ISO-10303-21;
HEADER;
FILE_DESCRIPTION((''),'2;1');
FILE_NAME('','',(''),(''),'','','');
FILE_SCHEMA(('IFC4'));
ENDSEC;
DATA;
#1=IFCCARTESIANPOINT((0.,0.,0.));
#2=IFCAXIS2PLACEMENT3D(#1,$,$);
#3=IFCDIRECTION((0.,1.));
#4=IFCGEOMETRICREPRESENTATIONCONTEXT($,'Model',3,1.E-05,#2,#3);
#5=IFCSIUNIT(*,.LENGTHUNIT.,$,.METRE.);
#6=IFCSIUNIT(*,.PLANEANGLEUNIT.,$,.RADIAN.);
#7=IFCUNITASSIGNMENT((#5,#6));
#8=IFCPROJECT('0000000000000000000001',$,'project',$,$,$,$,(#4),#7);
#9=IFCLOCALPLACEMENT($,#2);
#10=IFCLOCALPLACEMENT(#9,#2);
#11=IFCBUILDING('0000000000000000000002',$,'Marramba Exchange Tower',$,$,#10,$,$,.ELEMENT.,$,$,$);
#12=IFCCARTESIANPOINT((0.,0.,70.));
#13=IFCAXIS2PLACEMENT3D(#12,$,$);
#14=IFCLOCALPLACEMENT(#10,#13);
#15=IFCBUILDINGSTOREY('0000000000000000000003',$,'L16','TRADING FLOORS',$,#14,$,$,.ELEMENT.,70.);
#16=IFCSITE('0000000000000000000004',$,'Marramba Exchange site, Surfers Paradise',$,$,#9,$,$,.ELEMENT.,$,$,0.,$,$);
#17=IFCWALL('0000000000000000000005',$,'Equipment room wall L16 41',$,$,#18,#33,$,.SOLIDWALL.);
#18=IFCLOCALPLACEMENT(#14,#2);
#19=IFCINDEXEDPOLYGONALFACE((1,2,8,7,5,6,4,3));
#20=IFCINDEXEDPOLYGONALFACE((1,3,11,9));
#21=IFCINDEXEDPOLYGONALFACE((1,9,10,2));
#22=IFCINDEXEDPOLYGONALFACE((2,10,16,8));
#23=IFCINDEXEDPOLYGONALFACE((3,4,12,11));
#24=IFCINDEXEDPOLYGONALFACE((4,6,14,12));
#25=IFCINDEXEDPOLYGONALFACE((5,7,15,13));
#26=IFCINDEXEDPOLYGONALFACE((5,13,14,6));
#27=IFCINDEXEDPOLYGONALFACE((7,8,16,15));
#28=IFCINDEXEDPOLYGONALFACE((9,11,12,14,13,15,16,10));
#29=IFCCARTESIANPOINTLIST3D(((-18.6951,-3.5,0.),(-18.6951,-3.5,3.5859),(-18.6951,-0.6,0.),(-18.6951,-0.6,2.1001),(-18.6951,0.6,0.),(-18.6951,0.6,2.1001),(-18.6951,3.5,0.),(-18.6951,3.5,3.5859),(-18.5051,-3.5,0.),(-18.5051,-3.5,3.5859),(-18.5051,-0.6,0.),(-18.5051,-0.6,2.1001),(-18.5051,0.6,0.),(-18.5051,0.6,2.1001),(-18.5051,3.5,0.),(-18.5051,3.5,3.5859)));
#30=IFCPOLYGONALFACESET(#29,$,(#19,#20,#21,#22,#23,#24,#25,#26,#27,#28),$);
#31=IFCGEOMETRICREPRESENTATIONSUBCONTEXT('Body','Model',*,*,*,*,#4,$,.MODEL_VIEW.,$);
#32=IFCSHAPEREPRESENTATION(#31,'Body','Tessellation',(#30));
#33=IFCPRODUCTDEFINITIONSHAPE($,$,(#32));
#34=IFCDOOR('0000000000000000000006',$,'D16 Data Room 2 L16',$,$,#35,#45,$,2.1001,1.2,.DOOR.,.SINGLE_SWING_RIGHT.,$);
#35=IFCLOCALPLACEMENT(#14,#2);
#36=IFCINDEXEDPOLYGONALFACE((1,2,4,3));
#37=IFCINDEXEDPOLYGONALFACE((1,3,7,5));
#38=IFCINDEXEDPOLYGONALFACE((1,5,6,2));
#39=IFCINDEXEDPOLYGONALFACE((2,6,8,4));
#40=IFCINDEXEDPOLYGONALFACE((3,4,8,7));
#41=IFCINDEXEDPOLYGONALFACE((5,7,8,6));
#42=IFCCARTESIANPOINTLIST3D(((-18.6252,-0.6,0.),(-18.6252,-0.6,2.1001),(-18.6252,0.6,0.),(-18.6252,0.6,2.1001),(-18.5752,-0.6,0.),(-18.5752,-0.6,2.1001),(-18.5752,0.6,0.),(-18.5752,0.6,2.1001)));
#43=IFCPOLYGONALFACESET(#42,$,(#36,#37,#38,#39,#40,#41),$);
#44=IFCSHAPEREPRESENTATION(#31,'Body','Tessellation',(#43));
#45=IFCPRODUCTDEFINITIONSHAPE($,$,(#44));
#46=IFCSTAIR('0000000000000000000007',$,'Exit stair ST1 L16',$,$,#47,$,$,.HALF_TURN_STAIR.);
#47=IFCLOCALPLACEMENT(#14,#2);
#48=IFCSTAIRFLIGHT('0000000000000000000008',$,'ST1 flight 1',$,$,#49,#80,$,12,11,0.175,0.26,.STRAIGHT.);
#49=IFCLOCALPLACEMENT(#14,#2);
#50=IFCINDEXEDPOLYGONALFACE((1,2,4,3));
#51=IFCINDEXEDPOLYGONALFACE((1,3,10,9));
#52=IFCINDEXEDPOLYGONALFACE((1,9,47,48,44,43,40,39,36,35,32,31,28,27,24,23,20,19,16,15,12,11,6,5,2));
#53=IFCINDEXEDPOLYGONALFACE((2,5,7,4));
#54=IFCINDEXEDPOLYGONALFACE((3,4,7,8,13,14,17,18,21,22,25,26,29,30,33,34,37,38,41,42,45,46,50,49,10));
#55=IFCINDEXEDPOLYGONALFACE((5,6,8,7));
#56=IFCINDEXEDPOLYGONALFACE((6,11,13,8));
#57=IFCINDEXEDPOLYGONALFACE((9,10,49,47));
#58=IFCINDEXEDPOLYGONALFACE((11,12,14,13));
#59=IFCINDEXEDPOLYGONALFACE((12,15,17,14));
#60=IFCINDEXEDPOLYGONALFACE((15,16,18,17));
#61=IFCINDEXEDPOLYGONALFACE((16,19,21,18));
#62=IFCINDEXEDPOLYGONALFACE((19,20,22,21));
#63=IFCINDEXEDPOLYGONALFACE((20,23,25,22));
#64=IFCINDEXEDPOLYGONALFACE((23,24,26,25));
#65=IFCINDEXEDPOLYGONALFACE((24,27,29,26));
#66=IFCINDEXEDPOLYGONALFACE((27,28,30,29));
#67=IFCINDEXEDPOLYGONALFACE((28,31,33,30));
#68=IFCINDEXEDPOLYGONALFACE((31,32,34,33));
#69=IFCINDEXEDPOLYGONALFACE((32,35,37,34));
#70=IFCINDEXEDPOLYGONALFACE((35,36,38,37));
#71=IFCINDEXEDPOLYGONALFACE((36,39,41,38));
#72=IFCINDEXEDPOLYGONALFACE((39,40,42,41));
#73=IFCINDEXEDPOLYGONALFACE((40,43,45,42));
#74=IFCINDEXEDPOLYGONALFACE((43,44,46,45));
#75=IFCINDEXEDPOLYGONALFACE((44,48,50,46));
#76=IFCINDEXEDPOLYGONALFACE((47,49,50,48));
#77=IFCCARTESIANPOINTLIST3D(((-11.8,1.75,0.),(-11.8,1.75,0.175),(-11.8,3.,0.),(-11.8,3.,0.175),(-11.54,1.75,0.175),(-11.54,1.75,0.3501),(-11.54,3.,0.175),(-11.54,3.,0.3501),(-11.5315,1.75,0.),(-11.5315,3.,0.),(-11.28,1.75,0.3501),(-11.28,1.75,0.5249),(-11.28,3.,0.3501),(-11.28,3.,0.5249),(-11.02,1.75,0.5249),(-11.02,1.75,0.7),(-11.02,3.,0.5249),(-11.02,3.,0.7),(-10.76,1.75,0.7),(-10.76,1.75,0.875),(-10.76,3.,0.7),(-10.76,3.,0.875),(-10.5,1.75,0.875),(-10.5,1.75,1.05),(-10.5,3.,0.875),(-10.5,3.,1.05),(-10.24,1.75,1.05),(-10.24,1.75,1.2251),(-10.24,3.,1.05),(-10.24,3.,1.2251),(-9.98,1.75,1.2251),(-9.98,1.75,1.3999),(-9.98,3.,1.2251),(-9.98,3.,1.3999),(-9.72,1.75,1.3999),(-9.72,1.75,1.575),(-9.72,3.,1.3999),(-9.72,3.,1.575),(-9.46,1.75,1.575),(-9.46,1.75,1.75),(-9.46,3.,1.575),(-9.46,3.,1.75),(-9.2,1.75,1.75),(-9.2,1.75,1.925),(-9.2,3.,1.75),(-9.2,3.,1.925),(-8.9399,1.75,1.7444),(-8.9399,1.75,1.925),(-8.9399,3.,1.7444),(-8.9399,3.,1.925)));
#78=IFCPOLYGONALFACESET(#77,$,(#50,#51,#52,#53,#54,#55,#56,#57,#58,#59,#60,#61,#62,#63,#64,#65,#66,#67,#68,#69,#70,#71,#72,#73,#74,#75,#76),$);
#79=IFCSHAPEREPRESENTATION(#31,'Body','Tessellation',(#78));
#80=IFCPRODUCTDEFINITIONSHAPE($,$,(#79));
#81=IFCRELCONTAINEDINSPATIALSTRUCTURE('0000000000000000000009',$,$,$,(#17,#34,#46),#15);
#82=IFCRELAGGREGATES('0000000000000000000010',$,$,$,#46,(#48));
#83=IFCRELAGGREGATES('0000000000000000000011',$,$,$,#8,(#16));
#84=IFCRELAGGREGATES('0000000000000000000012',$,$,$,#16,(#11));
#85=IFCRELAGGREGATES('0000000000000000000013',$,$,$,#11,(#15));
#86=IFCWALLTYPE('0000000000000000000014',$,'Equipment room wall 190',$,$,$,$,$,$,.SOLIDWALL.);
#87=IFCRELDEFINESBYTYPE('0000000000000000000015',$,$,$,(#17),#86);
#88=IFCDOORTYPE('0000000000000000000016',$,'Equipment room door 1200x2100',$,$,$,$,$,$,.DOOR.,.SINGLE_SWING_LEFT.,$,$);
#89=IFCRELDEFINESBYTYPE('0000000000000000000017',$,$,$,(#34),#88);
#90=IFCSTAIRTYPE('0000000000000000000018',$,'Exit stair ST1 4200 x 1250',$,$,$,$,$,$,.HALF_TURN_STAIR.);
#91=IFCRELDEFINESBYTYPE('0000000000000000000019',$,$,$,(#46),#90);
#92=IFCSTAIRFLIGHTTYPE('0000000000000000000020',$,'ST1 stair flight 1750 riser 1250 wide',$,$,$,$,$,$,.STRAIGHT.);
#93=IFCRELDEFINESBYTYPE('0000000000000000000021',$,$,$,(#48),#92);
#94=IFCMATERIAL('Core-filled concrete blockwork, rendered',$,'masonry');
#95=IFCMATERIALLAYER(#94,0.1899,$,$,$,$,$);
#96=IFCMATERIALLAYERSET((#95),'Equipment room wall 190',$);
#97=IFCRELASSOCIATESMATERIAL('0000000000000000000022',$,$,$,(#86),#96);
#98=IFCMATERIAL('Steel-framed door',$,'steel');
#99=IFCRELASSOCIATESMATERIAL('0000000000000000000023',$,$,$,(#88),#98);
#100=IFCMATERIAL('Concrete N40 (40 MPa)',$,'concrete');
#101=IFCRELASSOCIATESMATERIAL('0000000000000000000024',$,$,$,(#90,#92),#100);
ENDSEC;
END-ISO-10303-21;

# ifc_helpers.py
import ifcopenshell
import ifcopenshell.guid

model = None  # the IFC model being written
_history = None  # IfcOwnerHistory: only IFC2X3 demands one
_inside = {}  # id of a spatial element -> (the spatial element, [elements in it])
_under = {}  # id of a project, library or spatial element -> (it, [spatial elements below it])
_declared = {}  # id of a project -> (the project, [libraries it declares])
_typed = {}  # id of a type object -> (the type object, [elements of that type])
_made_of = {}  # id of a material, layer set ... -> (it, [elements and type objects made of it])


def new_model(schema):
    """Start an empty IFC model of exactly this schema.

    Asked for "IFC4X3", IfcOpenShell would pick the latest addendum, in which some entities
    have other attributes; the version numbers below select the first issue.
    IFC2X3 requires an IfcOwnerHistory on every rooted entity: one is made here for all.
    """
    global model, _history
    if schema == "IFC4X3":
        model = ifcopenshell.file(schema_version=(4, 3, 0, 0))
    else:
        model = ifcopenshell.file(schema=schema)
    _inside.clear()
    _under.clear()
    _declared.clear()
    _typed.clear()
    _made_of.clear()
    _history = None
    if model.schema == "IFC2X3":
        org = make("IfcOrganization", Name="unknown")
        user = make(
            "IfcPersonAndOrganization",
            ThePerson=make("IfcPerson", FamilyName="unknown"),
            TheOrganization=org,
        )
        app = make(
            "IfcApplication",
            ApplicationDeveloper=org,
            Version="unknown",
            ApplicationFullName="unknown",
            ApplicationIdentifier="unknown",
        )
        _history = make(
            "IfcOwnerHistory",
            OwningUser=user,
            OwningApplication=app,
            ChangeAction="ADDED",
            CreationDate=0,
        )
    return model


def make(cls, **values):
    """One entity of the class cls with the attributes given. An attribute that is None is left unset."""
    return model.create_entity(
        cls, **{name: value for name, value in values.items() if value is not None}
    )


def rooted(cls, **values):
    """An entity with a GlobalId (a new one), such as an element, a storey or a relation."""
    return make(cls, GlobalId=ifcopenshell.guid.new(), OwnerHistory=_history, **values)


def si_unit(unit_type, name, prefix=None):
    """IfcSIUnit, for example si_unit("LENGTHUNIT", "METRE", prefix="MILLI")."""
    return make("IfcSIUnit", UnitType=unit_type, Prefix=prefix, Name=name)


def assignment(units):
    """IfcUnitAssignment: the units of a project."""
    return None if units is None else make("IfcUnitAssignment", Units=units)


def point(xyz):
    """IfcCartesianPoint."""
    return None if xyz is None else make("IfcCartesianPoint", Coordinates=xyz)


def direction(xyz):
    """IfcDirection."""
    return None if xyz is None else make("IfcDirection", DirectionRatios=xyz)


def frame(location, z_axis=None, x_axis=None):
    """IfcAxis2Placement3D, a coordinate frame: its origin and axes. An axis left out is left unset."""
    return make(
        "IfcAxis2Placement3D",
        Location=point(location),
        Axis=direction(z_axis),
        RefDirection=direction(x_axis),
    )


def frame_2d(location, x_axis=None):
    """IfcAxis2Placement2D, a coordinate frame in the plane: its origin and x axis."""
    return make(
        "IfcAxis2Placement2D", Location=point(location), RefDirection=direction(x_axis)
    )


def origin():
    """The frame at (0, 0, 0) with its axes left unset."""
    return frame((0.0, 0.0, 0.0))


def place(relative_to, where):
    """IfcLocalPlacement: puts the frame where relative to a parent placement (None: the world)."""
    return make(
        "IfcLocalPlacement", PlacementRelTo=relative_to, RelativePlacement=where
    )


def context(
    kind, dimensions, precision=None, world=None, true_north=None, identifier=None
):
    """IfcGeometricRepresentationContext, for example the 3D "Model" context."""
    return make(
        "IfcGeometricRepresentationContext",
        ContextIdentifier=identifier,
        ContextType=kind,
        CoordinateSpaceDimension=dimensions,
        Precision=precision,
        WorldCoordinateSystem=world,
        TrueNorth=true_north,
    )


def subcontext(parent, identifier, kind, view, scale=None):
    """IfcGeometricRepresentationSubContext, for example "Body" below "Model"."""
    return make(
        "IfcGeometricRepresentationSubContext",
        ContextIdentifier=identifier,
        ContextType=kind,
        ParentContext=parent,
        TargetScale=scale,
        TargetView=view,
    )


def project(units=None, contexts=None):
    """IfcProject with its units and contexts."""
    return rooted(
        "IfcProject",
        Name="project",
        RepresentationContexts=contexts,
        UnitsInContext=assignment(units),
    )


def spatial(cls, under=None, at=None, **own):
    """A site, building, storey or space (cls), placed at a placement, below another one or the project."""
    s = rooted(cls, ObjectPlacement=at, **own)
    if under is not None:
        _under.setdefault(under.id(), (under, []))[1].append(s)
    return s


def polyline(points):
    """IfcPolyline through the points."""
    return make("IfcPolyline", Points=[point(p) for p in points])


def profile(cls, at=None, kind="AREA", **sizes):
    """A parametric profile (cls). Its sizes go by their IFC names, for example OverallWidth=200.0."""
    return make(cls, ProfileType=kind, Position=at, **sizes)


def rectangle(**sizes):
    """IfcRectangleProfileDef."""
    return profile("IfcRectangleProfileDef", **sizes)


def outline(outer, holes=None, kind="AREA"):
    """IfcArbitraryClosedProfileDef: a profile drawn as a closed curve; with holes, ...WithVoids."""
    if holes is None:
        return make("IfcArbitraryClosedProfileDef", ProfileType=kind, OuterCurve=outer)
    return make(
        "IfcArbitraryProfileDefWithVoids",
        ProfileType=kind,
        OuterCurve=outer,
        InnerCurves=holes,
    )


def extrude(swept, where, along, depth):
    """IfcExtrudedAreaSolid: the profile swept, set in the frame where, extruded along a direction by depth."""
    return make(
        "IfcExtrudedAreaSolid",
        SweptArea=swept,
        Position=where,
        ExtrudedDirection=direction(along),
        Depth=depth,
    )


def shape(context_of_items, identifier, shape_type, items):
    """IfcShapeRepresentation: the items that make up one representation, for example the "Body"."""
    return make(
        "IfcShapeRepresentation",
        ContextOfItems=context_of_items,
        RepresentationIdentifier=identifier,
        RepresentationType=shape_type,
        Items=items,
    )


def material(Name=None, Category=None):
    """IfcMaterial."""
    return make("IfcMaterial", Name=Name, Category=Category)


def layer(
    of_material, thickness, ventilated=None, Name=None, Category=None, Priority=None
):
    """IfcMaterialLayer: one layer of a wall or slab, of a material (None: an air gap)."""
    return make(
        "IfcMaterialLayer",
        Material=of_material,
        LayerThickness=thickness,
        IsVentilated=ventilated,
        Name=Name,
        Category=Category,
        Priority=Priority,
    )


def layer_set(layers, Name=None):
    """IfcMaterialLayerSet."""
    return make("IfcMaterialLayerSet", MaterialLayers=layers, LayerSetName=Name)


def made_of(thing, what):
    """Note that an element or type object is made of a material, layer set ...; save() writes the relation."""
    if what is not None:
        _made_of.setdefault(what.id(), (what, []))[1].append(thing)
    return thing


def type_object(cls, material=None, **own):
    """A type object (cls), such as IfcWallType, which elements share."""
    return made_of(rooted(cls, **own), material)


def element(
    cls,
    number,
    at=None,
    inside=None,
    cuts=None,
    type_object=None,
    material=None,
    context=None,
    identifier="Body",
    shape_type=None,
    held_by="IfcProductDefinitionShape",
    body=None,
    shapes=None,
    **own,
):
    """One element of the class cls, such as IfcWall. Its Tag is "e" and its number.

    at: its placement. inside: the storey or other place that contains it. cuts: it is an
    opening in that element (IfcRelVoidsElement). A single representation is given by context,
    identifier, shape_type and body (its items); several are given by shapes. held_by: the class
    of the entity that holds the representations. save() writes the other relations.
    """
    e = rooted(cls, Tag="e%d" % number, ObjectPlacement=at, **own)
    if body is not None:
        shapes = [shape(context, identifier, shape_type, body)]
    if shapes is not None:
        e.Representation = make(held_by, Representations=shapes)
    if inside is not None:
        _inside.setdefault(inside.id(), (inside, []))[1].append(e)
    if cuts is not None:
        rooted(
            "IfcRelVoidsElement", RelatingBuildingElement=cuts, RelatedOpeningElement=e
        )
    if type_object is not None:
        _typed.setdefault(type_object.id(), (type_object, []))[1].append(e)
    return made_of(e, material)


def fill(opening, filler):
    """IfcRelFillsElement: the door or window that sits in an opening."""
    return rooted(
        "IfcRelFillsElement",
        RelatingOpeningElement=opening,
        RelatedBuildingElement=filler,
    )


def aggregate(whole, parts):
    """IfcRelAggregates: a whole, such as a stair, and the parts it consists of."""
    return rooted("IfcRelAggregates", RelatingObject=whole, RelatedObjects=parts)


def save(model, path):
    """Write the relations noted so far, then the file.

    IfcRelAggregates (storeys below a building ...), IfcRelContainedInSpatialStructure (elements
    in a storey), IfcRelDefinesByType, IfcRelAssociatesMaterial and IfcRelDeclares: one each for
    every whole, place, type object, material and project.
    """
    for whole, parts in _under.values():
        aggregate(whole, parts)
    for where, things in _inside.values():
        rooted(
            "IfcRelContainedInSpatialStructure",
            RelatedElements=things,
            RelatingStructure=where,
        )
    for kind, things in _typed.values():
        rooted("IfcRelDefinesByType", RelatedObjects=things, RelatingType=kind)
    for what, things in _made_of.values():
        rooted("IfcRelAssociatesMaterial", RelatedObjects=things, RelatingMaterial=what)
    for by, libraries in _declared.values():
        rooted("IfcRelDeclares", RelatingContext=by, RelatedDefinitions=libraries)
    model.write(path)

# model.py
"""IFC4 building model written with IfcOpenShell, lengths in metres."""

from ifc_helpers import new_model, si_unit, direction, frame, frame_2d, origin, place, context, subcontext, project, spatial, polyline, rectangle, outline, extrude, material, layer, layer_set, type_object, element, fill, aggregate, save


model = new_model("IFC4")

# Units and contexts
model_context = context("Model", 3, precision=1e-05, world=origin(), true_north=direction((0.0, 1.0)))
body_context = subcontext(model_context, "Body", "Model", "MODEL_VIEW")
ifc_project = project(units=[si_unit("LENGTHUNIT", "METRE"), si_unit("PLANEANGLEUNIT", "RADIAN")], contexts=[model_context])

# Site, building, storey
site_placement = place(None, origin())
site = spatial("IfcSite", under=ifc_project, at=site_placement, Name="Marramba Exchange site, Surfers Paradise", CompositionType="ELEMENT", RefElevation=0.0)
building_placement = place(site_placement, origin())
building = spatial("IfcBuilding", under=site, at=building_placement, Name="Marramba Exchange Tower", CompositionType="ELEMENT")
storey_placement = place(building_placement, frame((0.0, 0.0, 70.0)))
storey = spatial("IfcBuildingStorey", under=building, at=storey_placement, Name="L16", Description="TRADING FLOORS", CompositionType="ELEMENT", Elevation=70.0)

# Shared definitions
ifc_material_1 = material(Name="Steel-framed door", Category="steel")

# Shared definitions
ifc_material_2 = material(Name="Core-filled concrete blockwork, rendered", Category="masonry")
ifc_layer_1 = layer(ifc_material_2, 0.1899)
ifc_layer_set_1 = layer_set([ifc_layer_1], Name="Equipment room wall 190")
wall_type_1 = type_object("IfcWallType", Name="Equipment room wall 190", PredefinedType="SOLIDWALL", material=ifc_layer_set_1)

# Wall, opening, door
wall_1_placement = place(storey_placement, frame((-18.6001, 3.5, 0.0), z_axis=(0.0, 0.0, 1.0), x_axis=(0.0, -1.0, 0.0)))
wall_1 = element("IfcWall", 1, at=wall_1_placement, inside=storey, type_object=wall_type_1, Name="Equipment room wall L16 41", PredefinedType="SOLIDWALL", context=body_context, shape_type="SweptSolid", body=[
    extrude(rectangle(XDim=7.0, YDim=0.1899, at=frame_2d((3.5, 0.0))), origin(), (0.0, 0.0, 1.0), 3.5859),
])
opening_1_placement = place(wall_1_placement, frame((2.8999, 0.0, 0.0)))
opening_1 = element("IfcOpeningElement", 2, at=opening_1_placement, cuts=wall_1, PredefinedType="OPENING", context=body_context, shape_type="SweptSolid", body=[
    extrude(rectangle(XDim=1.2, YDim=2.1001, at=frame_2d((0.6001, 1.05))), frame((0.0, 0.105, 0.0), z_axis=(0.0, -1.0, 0.0), x_axis=(1.0, 0.0, 0.0)), (0.0, 0.0, 1.0), 0.21),
])
door_type_1 = type_object("IfcDoorType", Name="Equipment room door 1200x2100", OperationType="SINGLE_SWING_LEFT", PredefinedType="DOOR", material=ifc_material_1)
door_1_placement = place(opening_1_placement, origin())
door_1 = element("IfcDoor", 3, at=door_1_placement, inside=storey, type_object=door_type_1, Name="D16 Data Room 2 L16", OperationType="SINGLE_SWING_RIGHT", OverallHeight=2.1001, OverallWidth=1.2, PredefinedType="DOOR", context=body_context, shape_type="SweptSolid", body=[
    extrude(rectangle(XDim=1.2, YDim=2.1001, at=frame_2d((0.6001, 1.05))), frame((0.0, 0.0249, 0.0), z_axis=(0.0, -1.0, 0.0), x_axis=(1.0, 0.0, 0.0)), (0.0, 0.0, 1.0), 0.05),
])
fill(opening_1, door_1)

# Stair, stair flight
ifc_material_3 = material(Name="Concrete N40 (40 MPa)", Category="concrete")
stair_type = type_object("IfcStairType", Name="Exit stair ST1 4200 x 1250", PredefinedType="HALF_TURN_STAIR", material=ifc_material_3)
stair_placement = place(storey_placement, origin())
stair = element("IfcStair", 4, at=stair_placement, inside=storey, type_object=stair_type, Name="Exit stair ST1 L16", PredefinedType="HALF_TURN_STAIR")
stair_flight_type = type_object("IfcStairFlightType", Name="ST1 stair flight 1750 riser 1250 wide", PredefinedType="STRAIGHT", material=ifc_material_3)
stair_flight_placement = place(storey_placement, frame((-11.8, 2.375, 0.0), z_axis=(0.0, 0.0, 1.0), x_axis=(1.0, 0.0, 0.0)))
stair_flight = element("IfcStairFlight", 5, at=stair_flight_placement, type_object=stair_flight_type, Name="ST1 flight 1", NumberOfRisers=12, NumberOfTreads=11, PredefinedType="STRAIGHT", RiserHeight=0.175, TreadLength=0.26, context=body_context, shape_type="SweptSolid", body=[
    extrude(outline(polyline([(0.0, 0.0), (0.0, 0.175), (0.26, 0.175), (0.26, 0.3501), (0.52, 0.3501), (0.52, 0.5249), (0.78, 0.5249), (0.78, 0.7), (1.04, 0.7), (1.04, 0.875), (1.3, 0.875), (1.3, 1.05), (1.5601, 1.05), (1.5601, 1.2251), (1.8201, 1.2251), (1.8201, 1.3999), (2.0801, 1.3999), (2.0801, 1.575), (2.3401, 1.575), (2.3401, 1.75), (2.6001, 1.75), (2.6001, 1.925), (2.8601, 1.925), (2.8601, 2.1001), (2.8601, 1.7444), (0.2686, 0.0), (0.0, 0.0)])), frame((0.0, 0.625, 0.0), z_axis=(0.0, -1.0, 0.0), x_axis=(1.0, 0.0, 0.0)), (0.0, 0.0, 1.0), 1.25),
])
aggregate(stair, [stair_flight])

save(model, "model.ifc")
